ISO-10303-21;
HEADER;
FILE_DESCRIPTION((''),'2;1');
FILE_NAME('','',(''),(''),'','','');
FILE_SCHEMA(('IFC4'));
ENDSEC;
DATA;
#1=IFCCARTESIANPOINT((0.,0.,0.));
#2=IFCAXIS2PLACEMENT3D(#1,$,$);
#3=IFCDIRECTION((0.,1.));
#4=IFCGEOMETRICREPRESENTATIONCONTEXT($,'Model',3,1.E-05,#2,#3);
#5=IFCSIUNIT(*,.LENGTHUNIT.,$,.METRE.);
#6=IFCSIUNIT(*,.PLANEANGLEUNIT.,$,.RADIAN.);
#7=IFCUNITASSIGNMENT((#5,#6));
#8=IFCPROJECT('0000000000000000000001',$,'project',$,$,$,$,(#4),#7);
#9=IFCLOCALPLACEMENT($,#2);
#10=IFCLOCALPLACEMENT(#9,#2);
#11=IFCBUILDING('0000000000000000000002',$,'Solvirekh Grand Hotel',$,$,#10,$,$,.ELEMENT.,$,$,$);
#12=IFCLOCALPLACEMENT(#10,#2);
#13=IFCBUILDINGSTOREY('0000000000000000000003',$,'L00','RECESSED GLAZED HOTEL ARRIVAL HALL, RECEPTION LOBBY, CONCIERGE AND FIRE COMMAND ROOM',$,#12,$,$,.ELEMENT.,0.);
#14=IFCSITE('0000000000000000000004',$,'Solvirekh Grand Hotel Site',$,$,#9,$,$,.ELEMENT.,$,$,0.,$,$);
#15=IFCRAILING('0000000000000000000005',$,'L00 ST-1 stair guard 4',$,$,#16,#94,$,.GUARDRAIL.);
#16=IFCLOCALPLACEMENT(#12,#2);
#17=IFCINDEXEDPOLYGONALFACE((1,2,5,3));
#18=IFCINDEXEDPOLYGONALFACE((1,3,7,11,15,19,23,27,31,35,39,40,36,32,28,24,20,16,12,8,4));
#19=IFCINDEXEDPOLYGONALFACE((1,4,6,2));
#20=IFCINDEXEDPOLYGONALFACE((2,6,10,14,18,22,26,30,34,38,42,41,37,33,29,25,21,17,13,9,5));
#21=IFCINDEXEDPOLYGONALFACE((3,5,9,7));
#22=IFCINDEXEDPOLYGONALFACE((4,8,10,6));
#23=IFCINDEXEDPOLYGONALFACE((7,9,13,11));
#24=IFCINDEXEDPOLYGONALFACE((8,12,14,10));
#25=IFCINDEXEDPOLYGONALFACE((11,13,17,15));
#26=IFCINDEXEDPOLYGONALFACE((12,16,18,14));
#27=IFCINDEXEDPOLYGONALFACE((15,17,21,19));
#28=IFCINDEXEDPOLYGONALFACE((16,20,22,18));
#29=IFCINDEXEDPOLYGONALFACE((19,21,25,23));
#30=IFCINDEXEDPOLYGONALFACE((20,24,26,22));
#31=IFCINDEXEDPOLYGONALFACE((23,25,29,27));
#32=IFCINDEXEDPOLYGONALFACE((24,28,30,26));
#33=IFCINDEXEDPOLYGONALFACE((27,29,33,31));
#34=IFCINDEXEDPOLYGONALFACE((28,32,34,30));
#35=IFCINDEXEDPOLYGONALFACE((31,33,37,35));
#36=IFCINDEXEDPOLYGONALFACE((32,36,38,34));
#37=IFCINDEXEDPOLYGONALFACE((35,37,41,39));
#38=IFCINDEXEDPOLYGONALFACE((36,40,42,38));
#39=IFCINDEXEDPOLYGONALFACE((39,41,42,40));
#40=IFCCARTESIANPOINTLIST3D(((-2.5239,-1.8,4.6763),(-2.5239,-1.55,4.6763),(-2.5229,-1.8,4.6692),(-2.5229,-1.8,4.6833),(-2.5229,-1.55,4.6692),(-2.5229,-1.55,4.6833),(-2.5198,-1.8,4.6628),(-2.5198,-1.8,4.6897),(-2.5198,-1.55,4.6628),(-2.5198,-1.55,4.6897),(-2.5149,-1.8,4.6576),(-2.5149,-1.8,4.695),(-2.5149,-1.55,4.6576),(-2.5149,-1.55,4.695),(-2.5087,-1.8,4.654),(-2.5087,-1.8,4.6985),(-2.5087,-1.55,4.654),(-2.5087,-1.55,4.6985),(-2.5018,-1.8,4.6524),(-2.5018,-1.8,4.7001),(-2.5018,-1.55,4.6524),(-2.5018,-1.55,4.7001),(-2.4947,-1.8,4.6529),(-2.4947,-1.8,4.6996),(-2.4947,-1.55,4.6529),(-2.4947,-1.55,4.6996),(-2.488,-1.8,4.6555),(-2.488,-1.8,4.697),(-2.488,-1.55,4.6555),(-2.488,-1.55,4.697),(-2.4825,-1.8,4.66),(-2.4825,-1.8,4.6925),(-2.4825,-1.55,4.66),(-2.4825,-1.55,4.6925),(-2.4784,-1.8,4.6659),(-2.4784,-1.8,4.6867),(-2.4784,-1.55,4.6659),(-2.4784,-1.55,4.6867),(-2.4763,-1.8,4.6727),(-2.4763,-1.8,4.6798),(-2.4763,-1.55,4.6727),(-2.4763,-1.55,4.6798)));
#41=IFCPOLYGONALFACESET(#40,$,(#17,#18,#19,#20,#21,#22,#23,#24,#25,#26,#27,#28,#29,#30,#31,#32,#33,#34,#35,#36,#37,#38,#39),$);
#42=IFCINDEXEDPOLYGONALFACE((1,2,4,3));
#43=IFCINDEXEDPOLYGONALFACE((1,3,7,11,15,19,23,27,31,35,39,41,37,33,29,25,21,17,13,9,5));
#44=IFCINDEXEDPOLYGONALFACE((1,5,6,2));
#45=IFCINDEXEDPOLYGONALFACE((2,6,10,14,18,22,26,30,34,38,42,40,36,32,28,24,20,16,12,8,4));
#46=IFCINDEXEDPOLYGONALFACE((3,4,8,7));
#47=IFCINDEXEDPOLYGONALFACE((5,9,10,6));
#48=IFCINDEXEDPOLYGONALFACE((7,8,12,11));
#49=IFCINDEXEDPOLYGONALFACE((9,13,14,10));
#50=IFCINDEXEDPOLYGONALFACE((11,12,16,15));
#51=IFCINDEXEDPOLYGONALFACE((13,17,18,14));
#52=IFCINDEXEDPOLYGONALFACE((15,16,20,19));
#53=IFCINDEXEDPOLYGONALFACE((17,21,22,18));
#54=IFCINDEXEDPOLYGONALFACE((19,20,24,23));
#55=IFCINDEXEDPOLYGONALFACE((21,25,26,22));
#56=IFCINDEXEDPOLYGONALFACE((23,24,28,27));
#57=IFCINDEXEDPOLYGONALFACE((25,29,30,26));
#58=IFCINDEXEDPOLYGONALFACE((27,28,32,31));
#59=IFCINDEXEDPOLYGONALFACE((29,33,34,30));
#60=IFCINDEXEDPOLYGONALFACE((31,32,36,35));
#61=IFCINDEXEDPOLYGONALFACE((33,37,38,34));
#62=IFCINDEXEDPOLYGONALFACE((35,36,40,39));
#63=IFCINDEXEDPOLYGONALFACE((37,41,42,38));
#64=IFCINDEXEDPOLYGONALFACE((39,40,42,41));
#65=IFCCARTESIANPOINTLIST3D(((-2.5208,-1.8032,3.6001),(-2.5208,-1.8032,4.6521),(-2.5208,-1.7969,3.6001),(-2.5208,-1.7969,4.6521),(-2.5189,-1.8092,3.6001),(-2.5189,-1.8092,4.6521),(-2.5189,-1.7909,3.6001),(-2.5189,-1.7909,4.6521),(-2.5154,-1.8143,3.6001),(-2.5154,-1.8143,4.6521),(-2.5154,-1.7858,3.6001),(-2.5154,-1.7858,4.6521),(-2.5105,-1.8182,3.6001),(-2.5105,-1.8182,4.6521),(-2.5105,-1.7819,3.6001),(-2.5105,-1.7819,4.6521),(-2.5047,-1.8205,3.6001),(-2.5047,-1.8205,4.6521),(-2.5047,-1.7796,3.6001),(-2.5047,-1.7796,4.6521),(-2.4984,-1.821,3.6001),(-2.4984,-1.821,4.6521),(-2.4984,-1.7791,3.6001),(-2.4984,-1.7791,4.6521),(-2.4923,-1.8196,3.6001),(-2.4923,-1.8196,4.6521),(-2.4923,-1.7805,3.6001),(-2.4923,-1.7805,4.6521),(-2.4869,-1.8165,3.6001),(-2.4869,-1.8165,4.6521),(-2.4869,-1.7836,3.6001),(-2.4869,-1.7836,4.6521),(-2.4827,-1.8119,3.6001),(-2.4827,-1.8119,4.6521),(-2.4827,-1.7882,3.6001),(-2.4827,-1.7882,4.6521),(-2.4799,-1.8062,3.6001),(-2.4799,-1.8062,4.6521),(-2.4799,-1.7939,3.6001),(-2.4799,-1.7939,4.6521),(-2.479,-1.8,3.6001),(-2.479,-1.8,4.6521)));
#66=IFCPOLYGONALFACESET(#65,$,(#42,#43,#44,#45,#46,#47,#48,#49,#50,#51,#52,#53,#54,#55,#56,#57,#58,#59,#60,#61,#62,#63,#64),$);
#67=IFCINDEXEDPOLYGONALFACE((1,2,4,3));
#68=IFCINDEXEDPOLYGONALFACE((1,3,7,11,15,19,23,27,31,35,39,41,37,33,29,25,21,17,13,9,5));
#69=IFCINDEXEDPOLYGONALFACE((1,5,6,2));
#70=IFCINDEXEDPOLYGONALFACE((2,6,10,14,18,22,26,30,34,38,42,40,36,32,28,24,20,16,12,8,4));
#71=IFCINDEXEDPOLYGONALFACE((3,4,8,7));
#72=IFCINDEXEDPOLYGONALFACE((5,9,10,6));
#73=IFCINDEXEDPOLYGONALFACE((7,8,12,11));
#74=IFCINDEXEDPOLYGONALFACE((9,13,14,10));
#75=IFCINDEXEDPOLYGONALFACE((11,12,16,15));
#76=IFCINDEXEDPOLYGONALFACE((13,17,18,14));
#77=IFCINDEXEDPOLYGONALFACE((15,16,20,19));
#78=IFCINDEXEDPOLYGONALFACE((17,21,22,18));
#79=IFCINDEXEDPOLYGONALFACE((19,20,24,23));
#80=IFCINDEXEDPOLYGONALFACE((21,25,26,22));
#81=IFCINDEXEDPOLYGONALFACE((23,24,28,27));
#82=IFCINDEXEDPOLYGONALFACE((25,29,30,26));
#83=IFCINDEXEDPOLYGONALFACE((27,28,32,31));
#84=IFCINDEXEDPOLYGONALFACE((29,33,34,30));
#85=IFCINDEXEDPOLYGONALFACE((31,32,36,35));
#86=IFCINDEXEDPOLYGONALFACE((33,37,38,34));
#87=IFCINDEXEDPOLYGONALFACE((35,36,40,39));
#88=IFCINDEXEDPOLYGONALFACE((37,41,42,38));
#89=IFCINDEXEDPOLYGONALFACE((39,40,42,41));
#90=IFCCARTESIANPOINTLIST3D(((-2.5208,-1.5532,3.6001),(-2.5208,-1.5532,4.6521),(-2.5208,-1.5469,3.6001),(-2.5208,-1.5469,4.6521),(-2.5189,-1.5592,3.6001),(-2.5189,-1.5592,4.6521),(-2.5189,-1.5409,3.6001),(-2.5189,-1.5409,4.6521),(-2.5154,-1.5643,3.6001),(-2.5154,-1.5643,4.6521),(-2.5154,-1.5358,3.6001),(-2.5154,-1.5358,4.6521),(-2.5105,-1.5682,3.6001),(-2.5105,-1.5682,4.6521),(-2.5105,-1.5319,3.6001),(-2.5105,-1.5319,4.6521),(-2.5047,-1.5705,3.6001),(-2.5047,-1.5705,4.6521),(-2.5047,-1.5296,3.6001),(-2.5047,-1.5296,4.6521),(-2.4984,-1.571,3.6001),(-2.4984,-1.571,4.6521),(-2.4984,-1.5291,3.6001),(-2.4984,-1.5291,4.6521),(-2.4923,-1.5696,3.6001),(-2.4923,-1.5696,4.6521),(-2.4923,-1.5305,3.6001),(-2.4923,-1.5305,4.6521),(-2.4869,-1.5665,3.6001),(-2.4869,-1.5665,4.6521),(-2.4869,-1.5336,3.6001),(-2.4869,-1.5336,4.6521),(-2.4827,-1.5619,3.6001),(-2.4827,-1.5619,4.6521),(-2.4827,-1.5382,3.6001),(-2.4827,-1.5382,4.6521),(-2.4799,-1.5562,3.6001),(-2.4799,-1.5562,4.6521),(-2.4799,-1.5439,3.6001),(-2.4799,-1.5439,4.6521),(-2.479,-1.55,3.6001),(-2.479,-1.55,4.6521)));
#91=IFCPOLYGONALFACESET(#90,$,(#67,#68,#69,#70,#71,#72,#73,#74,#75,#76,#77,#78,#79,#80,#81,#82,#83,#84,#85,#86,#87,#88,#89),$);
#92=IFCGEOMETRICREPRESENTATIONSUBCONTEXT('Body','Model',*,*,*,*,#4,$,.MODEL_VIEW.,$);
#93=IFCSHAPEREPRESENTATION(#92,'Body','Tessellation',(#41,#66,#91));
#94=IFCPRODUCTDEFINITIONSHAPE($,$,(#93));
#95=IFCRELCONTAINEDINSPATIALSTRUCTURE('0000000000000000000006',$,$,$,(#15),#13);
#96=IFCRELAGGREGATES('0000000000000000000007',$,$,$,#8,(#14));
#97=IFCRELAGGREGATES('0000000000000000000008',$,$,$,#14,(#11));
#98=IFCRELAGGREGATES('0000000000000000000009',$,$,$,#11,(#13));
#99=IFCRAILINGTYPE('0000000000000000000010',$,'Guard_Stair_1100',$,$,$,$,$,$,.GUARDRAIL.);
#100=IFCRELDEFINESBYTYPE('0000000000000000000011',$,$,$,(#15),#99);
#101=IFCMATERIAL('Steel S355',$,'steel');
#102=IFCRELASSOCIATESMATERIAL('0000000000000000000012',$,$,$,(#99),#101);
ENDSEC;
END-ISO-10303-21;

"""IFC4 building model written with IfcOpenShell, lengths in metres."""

from ifc_helpers import new_model, si_unit, direction, frame, origin, origin_2d, place, context, subcontext, project, spatial, circle, extrude, material, type_object, element, save


model = new_model("IFC4")

# Units and contexts
model_context = context("Model", 3, precision=1e-05, world=origin(), true_north=direction((0.0, 1.0)))
body_context = subcontext(model_context, "Body", "Model", "MODEL_VIEW")
ifc_project = project(units=[si_unit("LENGTHUNIT", "METRE"), si_unit("PLANEANGLEUNIT", "RADIAN")], contexts=[model_context])

# Site, building, storey
site_placement = place(None, origin())
site = spatial("IfcSite", under=ifc_project, at=site_placement, Name="Solvirekh Grand Hotel Site", CompositionType="ELEMENT", RefElevation=0.0)
building_placement = place(site_placement, origin())
building = spatial("IfcBuilding", under=site, at=building_placement, Name="Solvirekh Grand Hotel", CompositionType="ELEMENT")
storey_placement = place(building_placement, origin())
storey = spatial("IfcBuildingStorey", under=building, at=storey_placement, Name="L00", Description="RECESSED GLAZED HOTEL ARRIVAL HALL, RECEPTION LOBBY, CONCIERGE AND FIRE COMMAND ROOM", CompositionType="ELEMENT", Elevation=0.0)

# Railing
ifc_material_1 = material(Name="Steel S355", Category="steel")
railing_type_1 = type_object("IfcRailingType", Name="Guard_Stair_1100", PredefinedType="GUARDRAIL", material=ifc_material_1)
railing_1_placement = place(storey_placement, frame((-2.5, -1.8, 3.6001)))
element("IfcRailing", 1, at=railing_1_placement, inside=storey, type_object=railing_type_1, Name="L00 ST-1 stair guard 4", PredefinedType="GUARDRAIL", context=body_context, shape_type="SweptSolid", body=[
    extrude(circle(Radius=0.0239, at=origin_2d()), frame((0.0, 0.0, 1.0762), z_axis=(0.0, 1.0, 0.0), x_axis=(-1.0, 0.0, 0.0)), (0.0, 0.0, 1.0), 0.25),
    extrude(circle(Radius=0.021, at=origin_2d()), origin(), (0.0, 0.0, 1.0), 1.052),
    extrude(circle(Radius=0.021, at=origin_2d()), frame((0.0, 0.25, 0.0)), (0.0, 0.0, 1.0), 1.052),
])

save(model, "model.ifc")
